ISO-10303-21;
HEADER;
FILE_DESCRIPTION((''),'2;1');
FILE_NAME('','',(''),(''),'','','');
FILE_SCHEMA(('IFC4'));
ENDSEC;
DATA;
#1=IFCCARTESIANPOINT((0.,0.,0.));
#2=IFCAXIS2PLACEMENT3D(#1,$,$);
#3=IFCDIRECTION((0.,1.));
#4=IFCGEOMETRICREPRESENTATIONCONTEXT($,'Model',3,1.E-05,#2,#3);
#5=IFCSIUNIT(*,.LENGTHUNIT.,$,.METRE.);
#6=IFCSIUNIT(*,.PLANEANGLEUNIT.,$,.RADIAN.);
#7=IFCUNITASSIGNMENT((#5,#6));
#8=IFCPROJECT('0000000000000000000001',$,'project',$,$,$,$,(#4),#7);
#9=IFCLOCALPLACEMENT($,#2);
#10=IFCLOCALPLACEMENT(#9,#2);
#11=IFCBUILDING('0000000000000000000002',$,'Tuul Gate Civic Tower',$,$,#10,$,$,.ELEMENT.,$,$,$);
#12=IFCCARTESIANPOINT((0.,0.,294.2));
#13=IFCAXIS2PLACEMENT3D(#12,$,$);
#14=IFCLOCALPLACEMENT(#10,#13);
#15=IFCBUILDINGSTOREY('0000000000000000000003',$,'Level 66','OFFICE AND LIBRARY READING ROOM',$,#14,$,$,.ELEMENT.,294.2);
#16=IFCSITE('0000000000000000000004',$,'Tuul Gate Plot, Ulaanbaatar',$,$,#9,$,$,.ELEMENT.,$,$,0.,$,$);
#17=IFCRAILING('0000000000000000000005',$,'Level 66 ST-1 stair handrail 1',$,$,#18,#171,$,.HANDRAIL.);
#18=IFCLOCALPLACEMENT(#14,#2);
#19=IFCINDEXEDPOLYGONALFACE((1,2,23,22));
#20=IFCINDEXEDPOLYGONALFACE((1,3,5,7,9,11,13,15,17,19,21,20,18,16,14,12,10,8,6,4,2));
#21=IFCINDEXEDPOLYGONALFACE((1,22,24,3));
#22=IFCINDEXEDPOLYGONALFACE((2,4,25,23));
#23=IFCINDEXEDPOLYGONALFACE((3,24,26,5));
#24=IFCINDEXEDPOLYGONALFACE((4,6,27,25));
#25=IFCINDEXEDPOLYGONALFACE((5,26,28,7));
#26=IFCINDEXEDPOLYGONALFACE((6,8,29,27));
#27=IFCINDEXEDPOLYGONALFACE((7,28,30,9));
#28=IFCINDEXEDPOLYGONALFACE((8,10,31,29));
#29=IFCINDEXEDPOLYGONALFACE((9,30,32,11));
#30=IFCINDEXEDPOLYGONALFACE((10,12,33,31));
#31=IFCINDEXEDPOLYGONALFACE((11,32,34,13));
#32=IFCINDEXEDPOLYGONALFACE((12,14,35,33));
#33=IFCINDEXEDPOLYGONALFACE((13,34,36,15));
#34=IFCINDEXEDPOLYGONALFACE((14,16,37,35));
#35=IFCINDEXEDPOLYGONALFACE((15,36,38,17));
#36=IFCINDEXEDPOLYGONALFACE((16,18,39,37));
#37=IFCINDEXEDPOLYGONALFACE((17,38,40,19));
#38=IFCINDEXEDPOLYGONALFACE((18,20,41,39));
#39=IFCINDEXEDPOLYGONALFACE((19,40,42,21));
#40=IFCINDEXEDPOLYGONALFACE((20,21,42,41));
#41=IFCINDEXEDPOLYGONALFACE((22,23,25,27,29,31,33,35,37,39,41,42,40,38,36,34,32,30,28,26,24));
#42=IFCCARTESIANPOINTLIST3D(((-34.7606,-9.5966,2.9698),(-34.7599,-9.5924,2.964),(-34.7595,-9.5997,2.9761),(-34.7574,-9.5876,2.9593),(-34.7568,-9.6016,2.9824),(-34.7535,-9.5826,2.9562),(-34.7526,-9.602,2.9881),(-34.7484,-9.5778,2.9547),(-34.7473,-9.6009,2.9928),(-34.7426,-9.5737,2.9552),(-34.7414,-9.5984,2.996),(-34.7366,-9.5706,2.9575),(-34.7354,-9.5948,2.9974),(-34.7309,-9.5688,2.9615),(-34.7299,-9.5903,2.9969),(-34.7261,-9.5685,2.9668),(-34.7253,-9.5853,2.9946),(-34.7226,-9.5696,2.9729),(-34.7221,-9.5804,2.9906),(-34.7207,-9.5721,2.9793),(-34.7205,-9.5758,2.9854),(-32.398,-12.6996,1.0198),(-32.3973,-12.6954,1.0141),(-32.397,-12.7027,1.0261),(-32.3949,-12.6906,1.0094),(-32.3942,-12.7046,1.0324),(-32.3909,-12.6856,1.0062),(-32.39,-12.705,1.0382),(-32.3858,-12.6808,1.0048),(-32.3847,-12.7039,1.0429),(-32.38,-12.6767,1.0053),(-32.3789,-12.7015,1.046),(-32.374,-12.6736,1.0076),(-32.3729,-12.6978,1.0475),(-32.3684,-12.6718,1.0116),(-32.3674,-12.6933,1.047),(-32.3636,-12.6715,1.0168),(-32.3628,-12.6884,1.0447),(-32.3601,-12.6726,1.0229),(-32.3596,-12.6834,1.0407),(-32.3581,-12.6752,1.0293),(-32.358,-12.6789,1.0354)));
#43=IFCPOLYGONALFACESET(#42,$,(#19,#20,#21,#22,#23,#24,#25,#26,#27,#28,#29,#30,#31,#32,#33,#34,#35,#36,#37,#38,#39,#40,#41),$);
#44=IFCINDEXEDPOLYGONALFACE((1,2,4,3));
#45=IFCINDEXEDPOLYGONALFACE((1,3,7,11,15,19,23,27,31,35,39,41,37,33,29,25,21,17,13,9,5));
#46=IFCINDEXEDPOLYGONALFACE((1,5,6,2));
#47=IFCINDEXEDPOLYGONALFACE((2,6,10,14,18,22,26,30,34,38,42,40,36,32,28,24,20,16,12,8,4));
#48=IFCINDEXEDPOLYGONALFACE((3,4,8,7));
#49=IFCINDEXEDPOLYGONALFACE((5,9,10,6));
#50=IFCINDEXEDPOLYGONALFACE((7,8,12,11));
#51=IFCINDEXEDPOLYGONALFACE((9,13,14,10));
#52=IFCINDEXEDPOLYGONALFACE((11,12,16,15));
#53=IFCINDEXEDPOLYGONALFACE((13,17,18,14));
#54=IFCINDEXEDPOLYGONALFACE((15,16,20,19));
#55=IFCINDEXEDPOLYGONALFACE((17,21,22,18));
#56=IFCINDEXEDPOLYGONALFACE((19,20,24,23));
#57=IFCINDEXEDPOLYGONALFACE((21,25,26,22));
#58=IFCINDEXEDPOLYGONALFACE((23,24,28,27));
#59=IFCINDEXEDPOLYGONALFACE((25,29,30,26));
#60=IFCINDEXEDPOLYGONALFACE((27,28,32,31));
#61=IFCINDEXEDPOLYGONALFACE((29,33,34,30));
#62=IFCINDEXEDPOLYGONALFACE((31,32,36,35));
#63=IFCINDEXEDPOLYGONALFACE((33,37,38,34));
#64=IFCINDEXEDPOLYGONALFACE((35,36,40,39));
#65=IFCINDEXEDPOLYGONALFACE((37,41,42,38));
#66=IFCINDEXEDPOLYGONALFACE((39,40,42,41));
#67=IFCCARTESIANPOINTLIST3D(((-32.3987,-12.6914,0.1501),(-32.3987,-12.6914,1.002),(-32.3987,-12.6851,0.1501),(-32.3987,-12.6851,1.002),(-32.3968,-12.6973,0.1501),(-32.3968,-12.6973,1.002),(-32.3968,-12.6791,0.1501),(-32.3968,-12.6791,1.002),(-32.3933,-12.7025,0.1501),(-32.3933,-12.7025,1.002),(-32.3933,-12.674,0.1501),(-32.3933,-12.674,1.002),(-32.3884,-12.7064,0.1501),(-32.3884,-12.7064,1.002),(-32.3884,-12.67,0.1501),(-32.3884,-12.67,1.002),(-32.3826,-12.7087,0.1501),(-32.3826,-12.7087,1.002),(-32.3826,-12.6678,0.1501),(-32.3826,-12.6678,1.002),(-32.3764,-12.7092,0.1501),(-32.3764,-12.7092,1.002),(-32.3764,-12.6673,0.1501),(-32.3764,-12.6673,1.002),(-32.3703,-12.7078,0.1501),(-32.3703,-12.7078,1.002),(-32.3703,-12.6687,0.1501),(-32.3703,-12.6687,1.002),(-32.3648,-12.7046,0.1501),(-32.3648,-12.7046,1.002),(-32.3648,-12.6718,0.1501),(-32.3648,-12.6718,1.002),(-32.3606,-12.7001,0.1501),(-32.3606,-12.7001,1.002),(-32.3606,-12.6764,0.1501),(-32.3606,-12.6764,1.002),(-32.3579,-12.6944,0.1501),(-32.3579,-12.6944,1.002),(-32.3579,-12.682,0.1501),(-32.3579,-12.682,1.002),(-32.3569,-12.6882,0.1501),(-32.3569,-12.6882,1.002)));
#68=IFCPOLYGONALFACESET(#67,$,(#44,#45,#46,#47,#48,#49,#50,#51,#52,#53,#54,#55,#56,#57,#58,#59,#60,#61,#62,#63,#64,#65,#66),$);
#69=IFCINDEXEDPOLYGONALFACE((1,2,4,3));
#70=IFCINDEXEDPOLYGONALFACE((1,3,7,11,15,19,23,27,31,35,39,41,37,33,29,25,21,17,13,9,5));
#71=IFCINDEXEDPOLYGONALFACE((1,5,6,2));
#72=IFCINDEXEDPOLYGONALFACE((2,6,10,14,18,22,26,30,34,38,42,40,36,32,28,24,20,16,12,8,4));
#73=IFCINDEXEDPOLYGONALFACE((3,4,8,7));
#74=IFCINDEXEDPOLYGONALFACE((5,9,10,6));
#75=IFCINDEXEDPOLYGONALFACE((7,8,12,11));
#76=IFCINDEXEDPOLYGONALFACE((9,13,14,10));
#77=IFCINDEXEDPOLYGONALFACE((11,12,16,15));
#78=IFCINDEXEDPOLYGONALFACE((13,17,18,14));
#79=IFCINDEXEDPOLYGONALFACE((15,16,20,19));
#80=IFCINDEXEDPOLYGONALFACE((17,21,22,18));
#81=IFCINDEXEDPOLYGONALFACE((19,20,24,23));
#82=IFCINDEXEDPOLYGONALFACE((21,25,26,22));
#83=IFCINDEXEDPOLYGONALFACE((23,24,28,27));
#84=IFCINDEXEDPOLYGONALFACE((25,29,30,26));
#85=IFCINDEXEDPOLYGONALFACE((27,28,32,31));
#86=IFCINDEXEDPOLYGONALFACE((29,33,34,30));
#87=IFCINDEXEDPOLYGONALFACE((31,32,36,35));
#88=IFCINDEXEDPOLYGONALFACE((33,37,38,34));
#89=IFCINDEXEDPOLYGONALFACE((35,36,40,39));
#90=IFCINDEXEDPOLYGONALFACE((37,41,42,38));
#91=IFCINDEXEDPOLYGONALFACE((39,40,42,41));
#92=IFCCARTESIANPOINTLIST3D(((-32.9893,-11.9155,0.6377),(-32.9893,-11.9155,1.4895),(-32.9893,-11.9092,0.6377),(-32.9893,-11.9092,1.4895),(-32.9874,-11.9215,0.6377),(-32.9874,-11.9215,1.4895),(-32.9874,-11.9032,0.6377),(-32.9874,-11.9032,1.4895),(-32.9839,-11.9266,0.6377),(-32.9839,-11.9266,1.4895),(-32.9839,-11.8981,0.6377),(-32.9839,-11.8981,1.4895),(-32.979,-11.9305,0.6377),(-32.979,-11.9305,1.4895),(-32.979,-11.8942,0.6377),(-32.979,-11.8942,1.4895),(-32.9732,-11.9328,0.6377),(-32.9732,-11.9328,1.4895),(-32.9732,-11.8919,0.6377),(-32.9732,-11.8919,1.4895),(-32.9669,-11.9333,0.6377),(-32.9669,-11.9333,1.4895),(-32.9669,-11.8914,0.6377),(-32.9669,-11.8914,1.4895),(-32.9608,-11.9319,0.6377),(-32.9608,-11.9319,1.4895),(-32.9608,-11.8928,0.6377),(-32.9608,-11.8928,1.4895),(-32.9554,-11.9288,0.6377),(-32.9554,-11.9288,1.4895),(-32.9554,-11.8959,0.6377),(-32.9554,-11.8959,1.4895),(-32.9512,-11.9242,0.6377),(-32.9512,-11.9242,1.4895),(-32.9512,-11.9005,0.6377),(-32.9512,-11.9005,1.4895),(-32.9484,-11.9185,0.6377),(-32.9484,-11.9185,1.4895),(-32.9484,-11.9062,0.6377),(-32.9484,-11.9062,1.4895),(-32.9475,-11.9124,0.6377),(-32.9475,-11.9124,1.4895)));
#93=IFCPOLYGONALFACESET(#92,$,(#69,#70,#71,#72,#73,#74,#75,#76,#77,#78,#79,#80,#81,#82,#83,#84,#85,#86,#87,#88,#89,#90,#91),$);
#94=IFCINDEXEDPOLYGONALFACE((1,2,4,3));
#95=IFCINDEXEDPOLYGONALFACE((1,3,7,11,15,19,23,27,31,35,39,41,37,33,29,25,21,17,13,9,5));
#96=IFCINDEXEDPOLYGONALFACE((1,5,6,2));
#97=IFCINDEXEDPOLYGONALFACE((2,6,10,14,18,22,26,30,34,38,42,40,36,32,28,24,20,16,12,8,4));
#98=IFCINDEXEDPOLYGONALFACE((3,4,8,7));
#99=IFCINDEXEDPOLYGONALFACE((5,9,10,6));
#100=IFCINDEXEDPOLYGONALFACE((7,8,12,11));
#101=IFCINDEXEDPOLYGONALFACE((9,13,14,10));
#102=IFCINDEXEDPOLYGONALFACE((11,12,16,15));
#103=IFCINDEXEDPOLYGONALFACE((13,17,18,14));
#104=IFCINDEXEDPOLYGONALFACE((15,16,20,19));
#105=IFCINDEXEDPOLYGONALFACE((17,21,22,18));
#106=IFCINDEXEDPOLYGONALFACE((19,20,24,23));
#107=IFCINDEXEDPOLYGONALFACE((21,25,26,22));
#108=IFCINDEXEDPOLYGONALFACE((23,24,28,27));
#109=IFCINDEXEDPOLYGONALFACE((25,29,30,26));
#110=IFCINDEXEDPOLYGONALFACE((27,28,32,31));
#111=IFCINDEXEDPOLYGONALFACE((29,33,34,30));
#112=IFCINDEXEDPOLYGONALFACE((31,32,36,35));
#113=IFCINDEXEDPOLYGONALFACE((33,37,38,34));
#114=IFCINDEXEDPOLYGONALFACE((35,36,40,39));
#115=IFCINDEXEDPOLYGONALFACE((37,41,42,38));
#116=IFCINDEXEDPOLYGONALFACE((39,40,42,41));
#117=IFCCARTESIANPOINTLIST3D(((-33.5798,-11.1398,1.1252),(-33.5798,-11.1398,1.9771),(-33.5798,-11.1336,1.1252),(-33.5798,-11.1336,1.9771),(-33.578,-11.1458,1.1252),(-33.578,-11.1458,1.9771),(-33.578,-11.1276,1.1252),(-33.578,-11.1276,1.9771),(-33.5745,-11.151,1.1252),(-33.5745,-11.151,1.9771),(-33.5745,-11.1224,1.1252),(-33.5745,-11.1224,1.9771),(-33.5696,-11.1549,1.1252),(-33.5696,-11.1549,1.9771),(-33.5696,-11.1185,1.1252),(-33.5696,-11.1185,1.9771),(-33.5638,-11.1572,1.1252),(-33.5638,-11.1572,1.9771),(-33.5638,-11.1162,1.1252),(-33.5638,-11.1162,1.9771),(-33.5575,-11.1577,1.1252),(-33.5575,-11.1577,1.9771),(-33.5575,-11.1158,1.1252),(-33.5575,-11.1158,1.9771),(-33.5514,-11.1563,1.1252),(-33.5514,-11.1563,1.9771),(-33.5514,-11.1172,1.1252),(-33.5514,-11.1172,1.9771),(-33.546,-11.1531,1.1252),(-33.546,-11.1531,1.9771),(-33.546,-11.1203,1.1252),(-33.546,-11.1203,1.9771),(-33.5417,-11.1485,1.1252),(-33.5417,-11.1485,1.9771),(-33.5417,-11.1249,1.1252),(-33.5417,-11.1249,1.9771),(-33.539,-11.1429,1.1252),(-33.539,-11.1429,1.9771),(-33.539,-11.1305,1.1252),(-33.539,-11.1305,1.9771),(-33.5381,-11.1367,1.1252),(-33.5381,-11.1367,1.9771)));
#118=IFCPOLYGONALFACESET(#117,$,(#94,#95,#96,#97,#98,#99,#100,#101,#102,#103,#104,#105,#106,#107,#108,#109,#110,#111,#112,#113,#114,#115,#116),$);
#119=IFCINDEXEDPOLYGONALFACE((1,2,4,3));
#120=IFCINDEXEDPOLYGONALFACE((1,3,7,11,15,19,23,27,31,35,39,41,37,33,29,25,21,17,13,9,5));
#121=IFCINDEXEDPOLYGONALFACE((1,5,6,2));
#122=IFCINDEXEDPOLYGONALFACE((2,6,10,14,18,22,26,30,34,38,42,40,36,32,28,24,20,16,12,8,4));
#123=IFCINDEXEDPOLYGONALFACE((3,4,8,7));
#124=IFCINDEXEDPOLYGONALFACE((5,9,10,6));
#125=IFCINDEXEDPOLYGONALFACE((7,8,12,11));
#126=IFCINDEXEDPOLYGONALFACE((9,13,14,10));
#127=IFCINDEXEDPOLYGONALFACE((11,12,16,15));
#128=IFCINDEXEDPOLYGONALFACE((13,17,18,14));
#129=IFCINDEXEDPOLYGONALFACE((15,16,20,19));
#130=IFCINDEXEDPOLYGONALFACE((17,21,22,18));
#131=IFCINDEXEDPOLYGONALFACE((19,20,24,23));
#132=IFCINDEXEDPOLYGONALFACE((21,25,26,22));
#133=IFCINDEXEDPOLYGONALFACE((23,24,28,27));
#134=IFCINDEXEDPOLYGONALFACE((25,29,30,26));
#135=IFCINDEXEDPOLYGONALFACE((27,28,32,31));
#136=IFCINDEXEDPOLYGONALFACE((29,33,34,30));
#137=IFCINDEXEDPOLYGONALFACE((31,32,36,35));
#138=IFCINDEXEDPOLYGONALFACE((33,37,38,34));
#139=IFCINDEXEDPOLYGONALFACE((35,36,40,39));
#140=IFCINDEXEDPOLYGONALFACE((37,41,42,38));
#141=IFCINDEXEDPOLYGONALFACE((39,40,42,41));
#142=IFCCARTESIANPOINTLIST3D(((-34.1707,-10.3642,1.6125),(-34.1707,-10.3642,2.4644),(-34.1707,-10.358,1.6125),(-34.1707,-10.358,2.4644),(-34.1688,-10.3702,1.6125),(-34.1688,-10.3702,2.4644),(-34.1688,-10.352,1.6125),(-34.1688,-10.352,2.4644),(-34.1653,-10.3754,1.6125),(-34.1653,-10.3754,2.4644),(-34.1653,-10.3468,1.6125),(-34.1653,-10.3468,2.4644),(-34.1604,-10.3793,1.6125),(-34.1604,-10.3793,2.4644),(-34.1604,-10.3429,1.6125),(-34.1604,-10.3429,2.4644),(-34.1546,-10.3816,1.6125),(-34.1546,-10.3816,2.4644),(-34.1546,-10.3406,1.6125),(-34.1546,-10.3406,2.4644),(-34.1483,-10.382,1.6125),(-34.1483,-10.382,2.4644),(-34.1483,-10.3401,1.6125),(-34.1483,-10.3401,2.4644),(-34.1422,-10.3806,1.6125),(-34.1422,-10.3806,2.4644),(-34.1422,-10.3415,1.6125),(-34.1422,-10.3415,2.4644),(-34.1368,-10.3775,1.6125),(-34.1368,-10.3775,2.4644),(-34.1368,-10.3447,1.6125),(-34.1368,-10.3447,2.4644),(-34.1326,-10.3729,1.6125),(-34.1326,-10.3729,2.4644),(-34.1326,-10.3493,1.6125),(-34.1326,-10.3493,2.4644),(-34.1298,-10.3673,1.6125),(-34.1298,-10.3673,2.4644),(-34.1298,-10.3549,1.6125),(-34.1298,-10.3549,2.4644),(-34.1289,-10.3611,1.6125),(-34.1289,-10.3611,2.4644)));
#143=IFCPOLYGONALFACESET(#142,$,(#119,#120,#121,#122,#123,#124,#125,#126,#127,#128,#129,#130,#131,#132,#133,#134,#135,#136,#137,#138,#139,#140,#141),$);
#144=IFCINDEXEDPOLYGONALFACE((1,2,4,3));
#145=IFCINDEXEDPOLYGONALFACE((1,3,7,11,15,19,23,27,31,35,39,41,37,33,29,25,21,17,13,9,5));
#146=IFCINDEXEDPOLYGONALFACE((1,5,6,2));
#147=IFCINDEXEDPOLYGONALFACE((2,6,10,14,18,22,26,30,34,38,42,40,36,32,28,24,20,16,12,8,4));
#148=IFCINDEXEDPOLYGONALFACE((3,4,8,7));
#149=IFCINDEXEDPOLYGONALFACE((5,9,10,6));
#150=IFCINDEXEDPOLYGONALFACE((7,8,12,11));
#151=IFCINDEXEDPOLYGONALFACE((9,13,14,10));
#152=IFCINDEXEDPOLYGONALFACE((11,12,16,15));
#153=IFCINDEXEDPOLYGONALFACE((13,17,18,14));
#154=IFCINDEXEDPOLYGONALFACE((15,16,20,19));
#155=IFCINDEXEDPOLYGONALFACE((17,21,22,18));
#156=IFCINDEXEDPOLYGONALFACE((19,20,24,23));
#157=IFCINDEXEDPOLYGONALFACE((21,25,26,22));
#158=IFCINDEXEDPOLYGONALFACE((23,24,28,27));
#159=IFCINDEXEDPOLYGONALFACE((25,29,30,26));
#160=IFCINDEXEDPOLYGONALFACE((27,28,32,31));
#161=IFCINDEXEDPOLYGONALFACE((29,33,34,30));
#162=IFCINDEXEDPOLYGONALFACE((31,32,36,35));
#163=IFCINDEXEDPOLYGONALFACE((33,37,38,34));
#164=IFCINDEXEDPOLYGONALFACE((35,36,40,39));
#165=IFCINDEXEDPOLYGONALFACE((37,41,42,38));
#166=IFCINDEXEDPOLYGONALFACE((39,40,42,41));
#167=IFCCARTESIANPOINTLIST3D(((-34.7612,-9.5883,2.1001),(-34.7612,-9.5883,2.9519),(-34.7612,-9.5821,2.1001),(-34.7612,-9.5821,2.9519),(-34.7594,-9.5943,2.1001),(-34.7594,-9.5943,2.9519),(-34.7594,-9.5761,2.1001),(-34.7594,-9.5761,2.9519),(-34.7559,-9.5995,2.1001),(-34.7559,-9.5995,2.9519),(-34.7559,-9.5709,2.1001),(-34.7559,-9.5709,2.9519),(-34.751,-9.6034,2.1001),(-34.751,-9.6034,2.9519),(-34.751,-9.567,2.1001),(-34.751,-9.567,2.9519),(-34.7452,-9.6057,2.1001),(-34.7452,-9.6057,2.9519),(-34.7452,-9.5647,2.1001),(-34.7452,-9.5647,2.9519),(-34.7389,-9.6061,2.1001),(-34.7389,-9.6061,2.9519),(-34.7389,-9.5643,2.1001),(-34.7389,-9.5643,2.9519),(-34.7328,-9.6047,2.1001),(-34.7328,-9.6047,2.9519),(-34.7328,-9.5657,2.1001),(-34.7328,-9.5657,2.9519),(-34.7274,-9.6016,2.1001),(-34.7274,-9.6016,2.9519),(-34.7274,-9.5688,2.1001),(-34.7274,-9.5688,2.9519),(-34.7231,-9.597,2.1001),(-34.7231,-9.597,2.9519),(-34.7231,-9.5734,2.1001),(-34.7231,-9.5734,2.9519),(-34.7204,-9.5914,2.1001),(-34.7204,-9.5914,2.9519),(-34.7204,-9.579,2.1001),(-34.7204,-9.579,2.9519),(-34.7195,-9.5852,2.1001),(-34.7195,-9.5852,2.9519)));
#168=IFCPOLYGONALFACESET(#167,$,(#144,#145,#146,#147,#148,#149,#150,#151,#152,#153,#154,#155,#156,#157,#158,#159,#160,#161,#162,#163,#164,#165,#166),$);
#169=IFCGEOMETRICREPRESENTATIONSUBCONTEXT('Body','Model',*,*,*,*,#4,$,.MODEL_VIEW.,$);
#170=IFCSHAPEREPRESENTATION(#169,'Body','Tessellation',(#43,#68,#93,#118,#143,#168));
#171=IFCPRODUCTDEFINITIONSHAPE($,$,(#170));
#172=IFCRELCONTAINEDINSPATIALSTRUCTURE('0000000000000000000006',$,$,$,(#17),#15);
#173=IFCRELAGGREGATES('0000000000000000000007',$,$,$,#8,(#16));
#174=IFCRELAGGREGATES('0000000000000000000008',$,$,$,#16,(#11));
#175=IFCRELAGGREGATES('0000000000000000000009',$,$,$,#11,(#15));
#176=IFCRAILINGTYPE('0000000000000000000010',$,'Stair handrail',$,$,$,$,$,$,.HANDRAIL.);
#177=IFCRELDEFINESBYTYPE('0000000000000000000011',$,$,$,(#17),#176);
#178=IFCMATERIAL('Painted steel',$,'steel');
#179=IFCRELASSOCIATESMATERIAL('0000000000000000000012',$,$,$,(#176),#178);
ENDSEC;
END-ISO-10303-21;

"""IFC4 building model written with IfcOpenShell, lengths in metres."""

from ifc_helpers import new_model, si_unit, direction, frame, origin, origin_2d, place, context, subcontext, project, spatial, circle, extrude, material, type_object, element, save


model = new_model("IFC4")

# Units and contexts
model_context = context("Model", 3, precision=1e-05, world=origin(), true_north=direction((0.0, 1.0)))
body_context = subcontext(model_context, "Body", "Model", "MODEL_VIEW")
ifc_project = project(units=[si_unit("LENGTHUNIT", "METRE"), si_unit("PLANEANGLEUNIT", "RADIAN")], contexts=[model_context])

# Site, building, storey
site_placement = place(None, origin())
site = spatial("IfcSite", under=ifc_project, at=site_placement, Name="Tuul Gate Plot, Ulaanbaatar", CompositionType="ELEMENT", RefElevation=0.0)
building_placement = place(site_placement, origin())
building = spatial("IfcBuilding", under=site, at=building_placement, Name="Tuul Gate Civic Tower", CompositionType="ELEMENT")
storey_placement = place(building_placement, frame((0.0, 0.0, 294.2)))
storey = spatial("IfcBuildingStorey", under=building, at=storey_placement, Name="Level 66", Description="OFFICE AND LIBRARY READING ROOM", CompositionType="ELEMENT", Elevation=294.2)

# Railing
ifc_material_1 = material(Name="Painted steel", Category="steel")
railing_type_1 = type_object("IfcRailingType", Name="Stair handrail", PredefinedType="HANDRAIL", material=ifc_material_1)
railing_1_placement = place(storey_placement, frame((-32.3779, -12.6882, 0.1501)))
element("IfcRailing", 1, at=railing_1_placement, inside=storey, type_object=railing_type_1, Name="Level 66 ST-1 stair handrail 1", PredefinedType="HANDRAIL", context=body_context, shape_type="SweptSolid", body=[
    extrude(circle(Radius=0.0239, at=origin_2d()), frame((0.0, 0.0, 0.876), z_axis=(-0.541824, 0.711645, 0.4472), x_axis=(-0.795637, -0.605773, 0.0)), (0.0, 0.0, 1.0), 4.3604),
    extrude(circle(Radius=0.021, at=origin_2d()), origin(), (0.0, 0.0, 1.0), 0.8518),
    extrude(circle(Radius=0.021, at=origin_2d()), frame((-0.5906, 0.7759, 0.4875)), (0.0, 0.0, 1.0), 0.8518),
    extrude(circle(Radius=0.021, at=origin_2d()), frame((-1.1812, 1.5515, 0.9751)), (0.0, 0.0, 1.0), 0.8518),
    extrude(circle(Radius=0.021, at=origin_2d()), frame((-1.772, 2.3271, 1.4624)), (0.0, 0.0, 1.0), 0.8518),
    extrude(circle(Radius=0.021, at=origin_2d()), frame((-2.3625, 3.103, 1.95)), (0.0, 0.0, 1.0), 0.8518),
])

save(model, "model.ifc")
